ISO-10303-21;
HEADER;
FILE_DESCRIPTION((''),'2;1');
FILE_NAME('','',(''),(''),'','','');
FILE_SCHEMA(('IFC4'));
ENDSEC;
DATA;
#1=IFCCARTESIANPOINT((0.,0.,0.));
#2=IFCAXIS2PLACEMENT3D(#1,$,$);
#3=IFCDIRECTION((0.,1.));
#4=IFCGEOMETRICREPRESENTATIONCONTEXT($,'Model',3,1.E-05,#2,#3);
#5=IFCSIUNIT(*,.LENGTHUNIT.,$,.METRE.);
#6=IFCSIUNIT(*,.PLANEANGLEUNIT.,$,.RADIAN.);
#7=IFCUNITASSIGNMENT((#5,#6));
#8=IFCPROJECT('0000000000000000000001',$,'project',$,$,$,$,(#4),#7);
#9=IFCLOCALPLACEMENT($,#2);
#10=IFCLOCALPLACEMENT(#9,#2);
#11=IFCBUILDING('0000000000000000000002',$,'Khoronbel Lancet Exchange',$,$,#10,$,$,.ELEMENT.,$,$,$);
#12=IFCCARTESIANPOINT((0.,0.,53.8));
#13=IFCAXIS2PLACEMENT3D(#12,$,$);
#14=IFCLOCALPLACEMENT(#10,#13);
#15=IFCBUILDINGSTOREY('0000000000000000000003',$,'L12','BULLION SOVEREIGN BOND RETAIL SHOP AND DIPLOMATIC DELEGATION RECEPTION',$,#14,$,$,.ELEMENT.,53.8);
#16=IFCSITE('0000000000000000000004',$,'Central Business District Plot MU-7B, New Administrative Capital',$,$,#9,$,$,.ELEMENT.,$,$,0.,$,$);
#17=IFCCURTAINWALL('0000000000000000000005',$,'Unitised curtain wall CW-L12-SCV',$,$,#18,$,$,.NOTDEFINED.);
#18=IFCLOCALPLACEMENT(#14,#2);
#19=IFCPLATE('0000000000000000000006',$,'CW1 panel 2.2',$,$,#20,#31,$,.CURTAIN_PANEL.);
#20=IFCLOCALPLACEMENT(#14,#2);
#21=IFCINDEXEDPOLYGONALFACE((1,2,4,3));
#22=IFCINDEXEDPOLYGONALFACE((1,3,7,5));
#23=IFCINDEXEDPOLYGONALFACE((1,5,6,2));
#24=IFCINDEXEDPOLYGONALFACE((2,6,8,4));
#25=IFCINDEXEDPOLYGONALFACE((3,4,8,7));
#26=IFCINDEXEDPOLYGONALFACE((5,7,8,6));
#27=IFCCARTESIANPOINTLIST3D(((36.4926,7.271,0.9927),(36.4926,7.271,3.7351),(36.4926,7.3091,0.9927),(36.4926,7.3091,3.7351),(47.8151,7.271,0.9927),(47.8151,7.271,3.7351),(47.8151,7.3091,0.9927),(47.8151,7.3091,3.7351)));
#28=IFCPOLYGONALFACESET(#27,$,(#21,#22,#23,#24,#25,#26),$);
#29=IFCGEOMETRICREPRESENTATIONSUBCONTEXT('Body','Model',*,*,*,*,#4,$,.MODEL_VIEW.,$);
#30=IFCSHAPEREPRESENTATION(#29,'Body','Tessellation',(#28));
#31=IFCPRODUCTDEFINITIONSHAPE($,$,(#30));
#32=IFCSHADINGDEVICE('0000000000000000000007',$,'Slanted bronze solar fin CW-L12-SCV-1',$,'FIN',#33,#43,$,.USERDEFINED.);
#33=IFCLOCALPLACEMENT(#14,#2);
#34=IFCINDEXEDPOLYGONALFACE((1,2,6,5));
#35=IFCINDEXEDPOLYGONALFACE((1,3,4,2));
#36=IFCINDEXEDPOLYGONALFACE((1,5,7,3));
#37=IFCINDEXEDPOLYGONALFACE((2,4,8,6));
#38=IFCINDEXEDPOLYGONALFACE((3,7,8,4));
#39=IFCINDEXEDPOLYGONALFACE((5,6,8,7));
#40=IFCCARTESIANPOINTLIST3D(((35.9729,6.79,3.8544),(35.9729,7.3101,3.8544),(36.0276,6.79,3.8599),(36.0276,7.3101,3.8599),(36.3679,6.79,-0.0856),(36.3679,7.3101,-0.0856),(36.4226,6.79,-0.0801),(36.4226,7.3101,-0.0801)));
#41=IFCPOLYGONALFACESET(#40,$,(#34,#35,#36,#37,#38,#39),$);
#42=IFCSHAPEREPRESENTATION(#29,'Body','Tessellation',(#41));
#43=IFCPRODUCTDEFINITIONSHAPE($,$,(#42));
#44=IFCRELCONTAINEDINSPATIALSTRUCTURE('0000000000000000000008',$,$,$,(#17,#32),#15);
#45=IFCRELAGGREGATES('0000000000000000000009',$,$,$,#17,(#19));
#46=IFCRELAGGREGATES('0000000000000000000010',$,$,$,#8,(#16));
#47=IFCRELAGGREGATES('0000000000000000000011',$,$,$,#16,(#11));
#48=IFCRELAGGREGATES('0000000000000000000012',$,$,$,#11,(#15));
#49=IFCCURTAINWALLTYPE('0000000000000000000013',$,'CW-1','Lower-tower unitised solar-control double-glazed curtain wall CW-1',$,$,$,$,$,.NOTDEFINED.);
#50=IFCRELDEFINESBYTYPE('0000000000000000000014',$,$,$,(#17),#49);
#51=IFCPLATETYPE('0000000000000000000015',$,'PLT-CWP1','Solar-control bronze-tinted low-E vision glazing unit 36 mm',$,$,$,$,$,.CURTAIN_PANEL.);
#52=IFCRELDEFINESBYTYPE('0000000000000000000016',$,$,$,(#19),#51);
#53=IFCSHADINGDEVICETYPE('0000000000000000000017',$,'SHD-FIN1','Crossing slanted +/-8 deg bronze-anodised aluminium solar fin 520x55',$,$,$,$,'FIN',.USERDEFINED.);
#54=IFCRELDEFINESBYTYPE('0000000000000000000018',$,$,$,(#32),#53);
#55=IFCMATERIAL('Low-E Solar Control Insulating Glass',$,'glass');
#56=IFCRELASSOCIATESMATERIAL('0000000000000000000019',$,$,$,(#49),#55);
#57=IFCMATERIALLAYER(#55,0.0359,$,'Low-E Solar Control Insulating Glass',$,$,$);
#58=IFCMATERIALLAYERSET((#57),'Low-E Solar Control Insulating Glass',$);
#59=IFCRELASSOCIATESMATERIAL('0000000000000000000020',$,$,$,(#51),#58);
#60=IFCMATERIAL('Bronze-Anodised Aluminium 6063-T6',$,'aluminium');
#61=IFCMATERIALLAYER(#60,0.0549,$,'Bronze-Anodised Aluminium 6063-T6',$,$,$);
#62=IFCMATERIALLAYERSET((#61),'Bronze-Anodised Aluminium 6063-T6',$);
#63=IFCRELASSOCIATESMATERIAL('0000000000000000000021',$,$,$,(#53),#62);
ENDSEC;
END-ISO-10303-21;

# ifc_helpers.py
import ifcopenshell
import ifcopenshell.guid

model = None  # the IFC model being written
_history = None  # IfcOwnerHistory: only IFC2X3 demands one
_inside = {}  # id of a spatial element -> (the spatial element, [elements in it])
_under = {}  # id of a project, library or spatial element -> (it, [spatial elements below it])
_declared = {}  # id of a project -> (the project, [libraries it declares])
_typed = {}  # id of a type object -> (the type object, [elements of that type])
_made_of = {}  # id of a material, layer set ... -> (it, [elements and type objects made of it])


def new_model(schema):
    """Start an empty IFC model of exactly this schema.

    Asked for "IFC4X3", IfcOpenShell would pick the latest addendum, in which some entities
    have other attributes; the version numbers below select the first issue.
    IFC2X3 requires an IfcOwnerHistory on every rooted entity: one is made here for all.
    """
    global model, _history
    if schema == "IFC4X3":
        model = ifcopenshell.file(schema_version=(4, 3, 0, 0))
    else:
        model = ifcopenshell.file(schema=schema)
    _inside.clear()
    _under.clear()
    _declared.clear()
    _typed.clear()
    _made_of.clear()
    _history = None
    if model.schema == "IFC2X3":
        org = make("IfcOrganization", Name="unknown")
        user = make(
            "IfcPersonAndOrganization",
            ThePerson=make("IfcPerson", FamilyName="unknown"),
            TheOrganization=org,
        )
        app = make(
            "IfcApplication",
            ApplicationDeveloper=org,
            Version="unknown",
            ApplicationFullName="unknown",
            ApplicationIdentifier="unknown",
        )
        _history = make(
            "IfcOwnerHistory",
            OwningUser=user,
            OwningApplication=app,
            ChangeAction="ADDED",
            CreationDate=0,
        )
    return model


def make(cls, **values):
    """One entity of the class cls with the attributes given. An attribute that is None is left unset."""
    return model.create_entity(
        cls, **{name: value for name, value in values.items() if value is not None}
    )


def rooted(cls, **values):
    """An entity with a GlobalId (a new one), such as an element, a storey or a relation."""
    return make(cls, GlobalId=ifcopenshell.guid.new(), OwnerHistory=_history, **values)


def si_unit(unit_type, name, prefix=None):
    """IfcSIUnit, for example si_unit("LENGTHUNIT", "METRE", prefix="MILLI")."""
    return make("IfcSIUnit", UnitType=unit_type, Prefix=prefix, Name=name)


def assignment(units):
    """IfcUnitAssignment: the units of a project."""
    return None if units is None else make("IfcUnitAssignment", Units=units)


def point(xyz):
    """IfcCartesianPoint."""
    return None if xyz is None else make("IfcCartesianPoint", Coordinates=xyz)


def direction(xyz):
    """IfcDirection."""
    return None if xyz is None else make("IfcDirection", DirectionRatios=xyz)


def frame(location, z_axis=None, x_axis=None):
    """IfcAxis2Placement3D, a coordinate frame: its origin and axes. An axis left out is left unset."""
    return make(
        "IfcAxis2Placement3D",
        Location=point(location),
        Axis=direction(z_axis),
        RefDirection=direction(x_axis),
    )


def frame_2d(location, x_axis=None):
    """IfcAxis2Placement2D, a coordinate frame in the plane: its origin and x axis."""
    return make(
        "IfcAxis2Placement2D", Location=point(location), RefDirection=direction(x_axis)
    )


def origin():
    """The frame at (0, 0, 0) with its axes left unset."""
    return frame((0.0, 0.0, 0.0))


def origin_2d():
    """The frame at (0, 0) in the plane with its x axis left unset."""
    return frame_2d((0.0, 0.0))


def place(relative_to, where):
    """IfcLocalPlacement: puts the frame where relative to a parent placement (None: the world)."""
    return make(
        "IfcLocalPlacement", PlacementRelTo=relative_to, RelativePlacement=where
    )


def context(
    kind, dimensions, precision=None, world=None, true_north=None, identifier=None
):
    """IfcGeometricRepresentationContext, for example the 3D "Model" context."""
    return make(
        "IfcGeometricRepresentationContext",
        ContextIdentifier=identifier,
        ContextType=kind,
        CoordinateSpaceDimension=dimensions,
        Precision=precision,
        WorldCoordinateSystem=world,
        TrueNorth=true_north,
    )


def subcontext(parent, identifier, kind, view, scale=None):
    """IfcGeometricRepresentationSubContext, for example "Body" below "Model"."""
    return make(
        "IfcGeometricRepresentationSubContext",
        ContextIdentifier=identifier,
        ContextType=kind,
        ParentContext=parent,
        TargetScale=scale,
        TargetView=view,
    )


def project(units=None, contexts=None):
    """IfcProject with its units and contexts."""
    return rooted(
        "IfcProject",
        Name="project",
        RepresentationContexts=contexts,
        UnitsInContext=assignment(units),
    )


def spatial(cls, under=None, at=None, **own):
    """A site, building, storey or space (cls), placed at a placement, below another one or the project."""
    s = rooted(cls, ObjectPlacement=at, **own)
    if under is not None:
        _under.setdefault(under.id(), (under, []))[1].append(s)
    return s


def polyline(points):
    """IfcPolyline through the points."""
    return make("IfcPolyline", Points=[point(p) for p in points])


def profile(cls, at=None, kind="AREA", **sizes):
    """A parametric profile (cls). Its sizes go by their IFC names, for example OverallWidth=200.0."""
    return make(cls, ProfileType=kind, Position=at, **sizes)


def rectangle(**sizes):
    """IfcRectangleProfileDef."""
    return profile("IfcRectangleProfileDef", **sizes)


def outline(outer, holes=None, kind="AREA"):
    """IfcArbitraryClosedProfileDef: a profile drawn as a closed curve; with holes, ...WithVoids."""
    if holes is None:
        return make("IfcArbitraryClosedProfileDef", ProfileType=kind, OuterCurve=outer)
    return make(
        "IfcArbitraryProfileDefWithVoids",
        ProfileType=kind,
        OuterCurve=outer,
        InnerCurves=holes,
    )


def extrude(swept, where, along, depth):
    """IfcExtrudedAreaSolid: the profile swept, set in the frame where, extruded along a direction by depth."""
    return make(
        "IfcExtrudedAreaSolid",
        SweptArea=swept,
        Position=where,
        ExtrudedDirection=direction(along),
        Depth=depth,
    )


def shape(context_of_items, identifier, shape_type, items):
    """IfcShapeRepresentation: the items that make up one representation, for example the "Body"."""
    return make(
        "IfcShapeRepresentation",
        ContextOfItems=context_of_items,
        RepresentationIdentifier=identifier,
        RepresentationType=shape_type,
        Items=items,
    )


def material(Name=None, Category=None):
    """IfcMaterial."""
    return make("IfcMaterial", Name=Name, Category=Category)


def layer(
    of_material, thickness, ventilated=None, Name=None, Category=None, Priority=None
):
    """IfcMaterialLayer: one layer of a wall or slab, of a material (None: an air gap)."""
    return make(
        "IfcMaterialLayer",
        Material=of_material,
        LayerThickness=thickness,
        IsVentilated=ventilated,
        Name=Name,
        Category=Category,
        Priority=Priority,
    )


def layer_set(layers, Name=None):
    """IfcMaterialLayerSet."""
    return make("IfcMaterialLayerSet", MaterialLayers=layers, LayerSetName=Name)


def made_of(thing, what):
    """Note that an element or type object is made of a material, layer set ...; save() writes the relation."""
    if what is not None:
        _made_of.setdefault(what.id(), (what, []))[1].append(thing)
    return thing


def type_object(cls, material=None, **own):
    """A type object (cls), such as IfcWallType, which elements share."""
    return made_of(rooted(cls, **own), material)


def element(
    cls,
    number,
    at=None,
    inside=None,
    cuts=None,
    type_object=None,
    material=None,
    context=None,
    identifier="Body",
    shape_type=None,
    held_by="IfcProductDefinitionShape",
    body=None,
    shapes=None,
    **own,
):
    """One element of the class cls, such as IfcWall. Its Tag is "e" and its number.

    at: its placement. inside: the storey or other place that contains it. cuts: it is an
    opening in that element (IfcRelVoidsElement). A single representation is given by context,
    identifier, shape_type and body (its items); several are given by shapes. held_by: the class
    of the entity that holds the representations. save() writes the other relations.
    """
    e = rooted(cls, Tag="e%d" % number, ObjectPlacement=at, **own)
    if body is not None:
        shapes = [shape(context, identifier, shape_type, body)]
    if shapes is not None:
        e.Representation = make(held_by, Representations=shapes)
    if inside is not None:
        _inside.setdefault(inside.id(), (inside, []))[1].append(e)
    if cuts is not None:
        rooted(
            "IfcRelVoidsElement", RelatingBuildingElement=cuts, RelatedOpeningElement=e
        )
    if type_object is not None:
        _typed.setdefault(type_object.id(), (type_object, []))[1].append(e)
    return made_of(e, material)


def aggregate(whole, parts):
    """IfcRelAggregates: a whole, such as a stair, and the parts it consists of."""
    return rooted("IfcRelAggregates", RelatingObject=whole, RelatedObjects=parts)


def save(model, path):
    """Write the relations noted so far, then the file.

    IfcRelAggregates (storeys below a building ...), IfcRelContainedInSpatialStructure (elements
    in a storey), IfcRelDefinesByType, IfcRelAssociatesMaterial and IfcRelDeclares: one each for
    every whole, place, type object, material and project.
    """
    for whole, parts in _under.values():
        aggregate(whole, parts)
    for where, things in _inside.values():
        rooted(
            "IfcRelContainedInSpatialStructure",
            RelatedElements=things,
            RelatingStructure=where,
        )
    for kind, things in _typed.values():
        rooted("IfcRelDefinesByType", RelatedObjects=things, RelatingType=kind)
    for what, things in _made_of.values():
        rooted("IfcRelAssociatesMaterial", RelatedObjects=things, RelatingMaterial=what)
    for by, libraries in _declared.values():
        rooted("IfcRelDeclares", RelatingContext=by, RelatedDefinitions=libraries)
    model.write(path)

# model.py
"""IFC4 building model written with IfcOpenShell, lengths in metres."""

from ifc_helpers import new_model, si_unit, direction, frame, origin, origin_2d, place, context, subcontext, project, spatial, polyline, rectangle, outline, extrude, material, layer, layer_set, type_object, element, aggregate, save


model = new_model("IFC4")

# Units and contexts
model_context = context("Model", 3, precision=1e-05, world=origin(), true_north=direction((0.0, 1.0)))
body_context = subcontext(model_context, "Body", "Model", "MODEL_VIEW")
ifc_project = project(units=[si_unit("LENGTHUNIT", "METRE"), si_unit("PLANEANGLEUNIT", "RADIAN")], contexts=[model_context])

# Site, building, storey
site_placement = place(None, origin())
site = spatial("IfcSite", under=ifc_project, at=site_placement, Name="Central Business District Plot MU-7B, New Administrative Capital", CompositionType="ELEMENT", RefElevation=0.0)
building_placement = place(site_placement, origin())
building = spatial("IfcBuilding", under=site, at=building_placement, Name="Khoronbel Lancet Exchange", CompositionType="ELEMENT")
storey_placement = place(building_placement, frame((0.0, 0.0, 53.8)))
storey = spatial("IfcBuildingStorey", under=building, at=storey_placement, Name="L12", Description="BULLION SOVEREIGN BOND RETAIL SHOP AND DIPLOMATIC DELEGATION RECEPTION", CompositionType="ELEMENT", Elevation=53.8)

# Curtain wall
ifc_material_1 = material(Name="Low-E Solar Control Insulating Glass", Category="glass")
curtain_wall_type = type_object("IfcCurtainWallType", Name="CW-1", Description="Lower-tower unitised solar-control double-glazed curtain wall CW-1", PredefinedType="NOTDEFINED", material=ifc_material_1)
curtain_wall_1_placement = place(storey_placement, origin())
curtain_wall_1 = element("IfcCurtainWall", 1, at=curtain_wall_1_placement, inside=storey, type_object=curtain_wall_type, Name="Unitised curtain wall CW-L12-SCV", PredefinedType="NOTDEFINED")
ifc_material_2 = material(Name="Bronze-Anodised Aluminium 6063-T6", Category="aluminium")

# Plate
ifc_layer_1 = layer(ifc_material_1, 0.0359, Name="Low-E Solar Control Insulating Glass")
ifc_layer_set_1 = layer_set([ifc_layer_1], Name="Low-E Solar Control Insulating Glass")
plate_type_1 = type_object("IfcPlateType", Name="PLT-CWP1", Description="Solar-control bronze-tinted low-E vision glazing unit 36 mm", PredefinedType="CURTAIN_PANEL", material=ifc_layer_set_1)
plate_1_placement = place(storey_placement, frame((42.1538, 7.29, 0.9927), z_axis=(0.0, 0.0, 1.0), x_axis=(1.0, 0.0, 0.0)))
plate_1 = element("IfcPlate", 2, at=plate_1_placement, type_object=plate_type_1, Name="CW1 panel 2.2", PredefinedType="CURTAIN_PANEL", context=body_context, shape_type="SweptSolid", body=[
    extrude(rectangle(XDim=11.3225, YDim=0.0381, at=origin_2d()), origin(), (0.0, 0.0, 1.0), 2.7424),
])
aggregate(curtain_wall_1, [plate_1])

# Shading device
ifc_layer_2 = layer(ifc_material_2, 0.0549, Name="Bronze-Anodised Aluminium 6063-T6")
ifc_layer_set_2 = layer_set([ifc_layer_2], Name="Bronze-Anodised Aluminium 6063-T6")
shading_device_type = type_object("IfcShadingDeviceType", Name="SHD-FIN1", Description="Crossing slanted +/-8 deg bronze-anodised aluminium solar fin 520x55", ElementType="FIN", PredefinedType="USERDEFINED", material=ifc_layer_set_2)
shading_device_placement = place(storey_placement, frame((36.4226, 7.3101, -0.0801), z_axis=(0.995012, 0.0, 0.09976), x_axis=(0.0, -1.0, 0.0)))
element("IfcShadingDevice", 3, at=shading_device_placement, inside=storey, type_object=shading_device_type, Name="Slanted bronze solar fin CW-L12-SCV-1", ObjectType="FIN", PredefinedType="USERDEFINED", context=body_context, shape_type="SweptSolid", body=[
    extrude(outline(polyline([(0.0, 0.0), (0.52, 0.0), (0.52, -3.9597), (0.0, -3.9597), (0.0, 0.0)])), origin(), (0.0, 0.0, -1.0), 0.0549),
])

save(model, "model.ifc")
